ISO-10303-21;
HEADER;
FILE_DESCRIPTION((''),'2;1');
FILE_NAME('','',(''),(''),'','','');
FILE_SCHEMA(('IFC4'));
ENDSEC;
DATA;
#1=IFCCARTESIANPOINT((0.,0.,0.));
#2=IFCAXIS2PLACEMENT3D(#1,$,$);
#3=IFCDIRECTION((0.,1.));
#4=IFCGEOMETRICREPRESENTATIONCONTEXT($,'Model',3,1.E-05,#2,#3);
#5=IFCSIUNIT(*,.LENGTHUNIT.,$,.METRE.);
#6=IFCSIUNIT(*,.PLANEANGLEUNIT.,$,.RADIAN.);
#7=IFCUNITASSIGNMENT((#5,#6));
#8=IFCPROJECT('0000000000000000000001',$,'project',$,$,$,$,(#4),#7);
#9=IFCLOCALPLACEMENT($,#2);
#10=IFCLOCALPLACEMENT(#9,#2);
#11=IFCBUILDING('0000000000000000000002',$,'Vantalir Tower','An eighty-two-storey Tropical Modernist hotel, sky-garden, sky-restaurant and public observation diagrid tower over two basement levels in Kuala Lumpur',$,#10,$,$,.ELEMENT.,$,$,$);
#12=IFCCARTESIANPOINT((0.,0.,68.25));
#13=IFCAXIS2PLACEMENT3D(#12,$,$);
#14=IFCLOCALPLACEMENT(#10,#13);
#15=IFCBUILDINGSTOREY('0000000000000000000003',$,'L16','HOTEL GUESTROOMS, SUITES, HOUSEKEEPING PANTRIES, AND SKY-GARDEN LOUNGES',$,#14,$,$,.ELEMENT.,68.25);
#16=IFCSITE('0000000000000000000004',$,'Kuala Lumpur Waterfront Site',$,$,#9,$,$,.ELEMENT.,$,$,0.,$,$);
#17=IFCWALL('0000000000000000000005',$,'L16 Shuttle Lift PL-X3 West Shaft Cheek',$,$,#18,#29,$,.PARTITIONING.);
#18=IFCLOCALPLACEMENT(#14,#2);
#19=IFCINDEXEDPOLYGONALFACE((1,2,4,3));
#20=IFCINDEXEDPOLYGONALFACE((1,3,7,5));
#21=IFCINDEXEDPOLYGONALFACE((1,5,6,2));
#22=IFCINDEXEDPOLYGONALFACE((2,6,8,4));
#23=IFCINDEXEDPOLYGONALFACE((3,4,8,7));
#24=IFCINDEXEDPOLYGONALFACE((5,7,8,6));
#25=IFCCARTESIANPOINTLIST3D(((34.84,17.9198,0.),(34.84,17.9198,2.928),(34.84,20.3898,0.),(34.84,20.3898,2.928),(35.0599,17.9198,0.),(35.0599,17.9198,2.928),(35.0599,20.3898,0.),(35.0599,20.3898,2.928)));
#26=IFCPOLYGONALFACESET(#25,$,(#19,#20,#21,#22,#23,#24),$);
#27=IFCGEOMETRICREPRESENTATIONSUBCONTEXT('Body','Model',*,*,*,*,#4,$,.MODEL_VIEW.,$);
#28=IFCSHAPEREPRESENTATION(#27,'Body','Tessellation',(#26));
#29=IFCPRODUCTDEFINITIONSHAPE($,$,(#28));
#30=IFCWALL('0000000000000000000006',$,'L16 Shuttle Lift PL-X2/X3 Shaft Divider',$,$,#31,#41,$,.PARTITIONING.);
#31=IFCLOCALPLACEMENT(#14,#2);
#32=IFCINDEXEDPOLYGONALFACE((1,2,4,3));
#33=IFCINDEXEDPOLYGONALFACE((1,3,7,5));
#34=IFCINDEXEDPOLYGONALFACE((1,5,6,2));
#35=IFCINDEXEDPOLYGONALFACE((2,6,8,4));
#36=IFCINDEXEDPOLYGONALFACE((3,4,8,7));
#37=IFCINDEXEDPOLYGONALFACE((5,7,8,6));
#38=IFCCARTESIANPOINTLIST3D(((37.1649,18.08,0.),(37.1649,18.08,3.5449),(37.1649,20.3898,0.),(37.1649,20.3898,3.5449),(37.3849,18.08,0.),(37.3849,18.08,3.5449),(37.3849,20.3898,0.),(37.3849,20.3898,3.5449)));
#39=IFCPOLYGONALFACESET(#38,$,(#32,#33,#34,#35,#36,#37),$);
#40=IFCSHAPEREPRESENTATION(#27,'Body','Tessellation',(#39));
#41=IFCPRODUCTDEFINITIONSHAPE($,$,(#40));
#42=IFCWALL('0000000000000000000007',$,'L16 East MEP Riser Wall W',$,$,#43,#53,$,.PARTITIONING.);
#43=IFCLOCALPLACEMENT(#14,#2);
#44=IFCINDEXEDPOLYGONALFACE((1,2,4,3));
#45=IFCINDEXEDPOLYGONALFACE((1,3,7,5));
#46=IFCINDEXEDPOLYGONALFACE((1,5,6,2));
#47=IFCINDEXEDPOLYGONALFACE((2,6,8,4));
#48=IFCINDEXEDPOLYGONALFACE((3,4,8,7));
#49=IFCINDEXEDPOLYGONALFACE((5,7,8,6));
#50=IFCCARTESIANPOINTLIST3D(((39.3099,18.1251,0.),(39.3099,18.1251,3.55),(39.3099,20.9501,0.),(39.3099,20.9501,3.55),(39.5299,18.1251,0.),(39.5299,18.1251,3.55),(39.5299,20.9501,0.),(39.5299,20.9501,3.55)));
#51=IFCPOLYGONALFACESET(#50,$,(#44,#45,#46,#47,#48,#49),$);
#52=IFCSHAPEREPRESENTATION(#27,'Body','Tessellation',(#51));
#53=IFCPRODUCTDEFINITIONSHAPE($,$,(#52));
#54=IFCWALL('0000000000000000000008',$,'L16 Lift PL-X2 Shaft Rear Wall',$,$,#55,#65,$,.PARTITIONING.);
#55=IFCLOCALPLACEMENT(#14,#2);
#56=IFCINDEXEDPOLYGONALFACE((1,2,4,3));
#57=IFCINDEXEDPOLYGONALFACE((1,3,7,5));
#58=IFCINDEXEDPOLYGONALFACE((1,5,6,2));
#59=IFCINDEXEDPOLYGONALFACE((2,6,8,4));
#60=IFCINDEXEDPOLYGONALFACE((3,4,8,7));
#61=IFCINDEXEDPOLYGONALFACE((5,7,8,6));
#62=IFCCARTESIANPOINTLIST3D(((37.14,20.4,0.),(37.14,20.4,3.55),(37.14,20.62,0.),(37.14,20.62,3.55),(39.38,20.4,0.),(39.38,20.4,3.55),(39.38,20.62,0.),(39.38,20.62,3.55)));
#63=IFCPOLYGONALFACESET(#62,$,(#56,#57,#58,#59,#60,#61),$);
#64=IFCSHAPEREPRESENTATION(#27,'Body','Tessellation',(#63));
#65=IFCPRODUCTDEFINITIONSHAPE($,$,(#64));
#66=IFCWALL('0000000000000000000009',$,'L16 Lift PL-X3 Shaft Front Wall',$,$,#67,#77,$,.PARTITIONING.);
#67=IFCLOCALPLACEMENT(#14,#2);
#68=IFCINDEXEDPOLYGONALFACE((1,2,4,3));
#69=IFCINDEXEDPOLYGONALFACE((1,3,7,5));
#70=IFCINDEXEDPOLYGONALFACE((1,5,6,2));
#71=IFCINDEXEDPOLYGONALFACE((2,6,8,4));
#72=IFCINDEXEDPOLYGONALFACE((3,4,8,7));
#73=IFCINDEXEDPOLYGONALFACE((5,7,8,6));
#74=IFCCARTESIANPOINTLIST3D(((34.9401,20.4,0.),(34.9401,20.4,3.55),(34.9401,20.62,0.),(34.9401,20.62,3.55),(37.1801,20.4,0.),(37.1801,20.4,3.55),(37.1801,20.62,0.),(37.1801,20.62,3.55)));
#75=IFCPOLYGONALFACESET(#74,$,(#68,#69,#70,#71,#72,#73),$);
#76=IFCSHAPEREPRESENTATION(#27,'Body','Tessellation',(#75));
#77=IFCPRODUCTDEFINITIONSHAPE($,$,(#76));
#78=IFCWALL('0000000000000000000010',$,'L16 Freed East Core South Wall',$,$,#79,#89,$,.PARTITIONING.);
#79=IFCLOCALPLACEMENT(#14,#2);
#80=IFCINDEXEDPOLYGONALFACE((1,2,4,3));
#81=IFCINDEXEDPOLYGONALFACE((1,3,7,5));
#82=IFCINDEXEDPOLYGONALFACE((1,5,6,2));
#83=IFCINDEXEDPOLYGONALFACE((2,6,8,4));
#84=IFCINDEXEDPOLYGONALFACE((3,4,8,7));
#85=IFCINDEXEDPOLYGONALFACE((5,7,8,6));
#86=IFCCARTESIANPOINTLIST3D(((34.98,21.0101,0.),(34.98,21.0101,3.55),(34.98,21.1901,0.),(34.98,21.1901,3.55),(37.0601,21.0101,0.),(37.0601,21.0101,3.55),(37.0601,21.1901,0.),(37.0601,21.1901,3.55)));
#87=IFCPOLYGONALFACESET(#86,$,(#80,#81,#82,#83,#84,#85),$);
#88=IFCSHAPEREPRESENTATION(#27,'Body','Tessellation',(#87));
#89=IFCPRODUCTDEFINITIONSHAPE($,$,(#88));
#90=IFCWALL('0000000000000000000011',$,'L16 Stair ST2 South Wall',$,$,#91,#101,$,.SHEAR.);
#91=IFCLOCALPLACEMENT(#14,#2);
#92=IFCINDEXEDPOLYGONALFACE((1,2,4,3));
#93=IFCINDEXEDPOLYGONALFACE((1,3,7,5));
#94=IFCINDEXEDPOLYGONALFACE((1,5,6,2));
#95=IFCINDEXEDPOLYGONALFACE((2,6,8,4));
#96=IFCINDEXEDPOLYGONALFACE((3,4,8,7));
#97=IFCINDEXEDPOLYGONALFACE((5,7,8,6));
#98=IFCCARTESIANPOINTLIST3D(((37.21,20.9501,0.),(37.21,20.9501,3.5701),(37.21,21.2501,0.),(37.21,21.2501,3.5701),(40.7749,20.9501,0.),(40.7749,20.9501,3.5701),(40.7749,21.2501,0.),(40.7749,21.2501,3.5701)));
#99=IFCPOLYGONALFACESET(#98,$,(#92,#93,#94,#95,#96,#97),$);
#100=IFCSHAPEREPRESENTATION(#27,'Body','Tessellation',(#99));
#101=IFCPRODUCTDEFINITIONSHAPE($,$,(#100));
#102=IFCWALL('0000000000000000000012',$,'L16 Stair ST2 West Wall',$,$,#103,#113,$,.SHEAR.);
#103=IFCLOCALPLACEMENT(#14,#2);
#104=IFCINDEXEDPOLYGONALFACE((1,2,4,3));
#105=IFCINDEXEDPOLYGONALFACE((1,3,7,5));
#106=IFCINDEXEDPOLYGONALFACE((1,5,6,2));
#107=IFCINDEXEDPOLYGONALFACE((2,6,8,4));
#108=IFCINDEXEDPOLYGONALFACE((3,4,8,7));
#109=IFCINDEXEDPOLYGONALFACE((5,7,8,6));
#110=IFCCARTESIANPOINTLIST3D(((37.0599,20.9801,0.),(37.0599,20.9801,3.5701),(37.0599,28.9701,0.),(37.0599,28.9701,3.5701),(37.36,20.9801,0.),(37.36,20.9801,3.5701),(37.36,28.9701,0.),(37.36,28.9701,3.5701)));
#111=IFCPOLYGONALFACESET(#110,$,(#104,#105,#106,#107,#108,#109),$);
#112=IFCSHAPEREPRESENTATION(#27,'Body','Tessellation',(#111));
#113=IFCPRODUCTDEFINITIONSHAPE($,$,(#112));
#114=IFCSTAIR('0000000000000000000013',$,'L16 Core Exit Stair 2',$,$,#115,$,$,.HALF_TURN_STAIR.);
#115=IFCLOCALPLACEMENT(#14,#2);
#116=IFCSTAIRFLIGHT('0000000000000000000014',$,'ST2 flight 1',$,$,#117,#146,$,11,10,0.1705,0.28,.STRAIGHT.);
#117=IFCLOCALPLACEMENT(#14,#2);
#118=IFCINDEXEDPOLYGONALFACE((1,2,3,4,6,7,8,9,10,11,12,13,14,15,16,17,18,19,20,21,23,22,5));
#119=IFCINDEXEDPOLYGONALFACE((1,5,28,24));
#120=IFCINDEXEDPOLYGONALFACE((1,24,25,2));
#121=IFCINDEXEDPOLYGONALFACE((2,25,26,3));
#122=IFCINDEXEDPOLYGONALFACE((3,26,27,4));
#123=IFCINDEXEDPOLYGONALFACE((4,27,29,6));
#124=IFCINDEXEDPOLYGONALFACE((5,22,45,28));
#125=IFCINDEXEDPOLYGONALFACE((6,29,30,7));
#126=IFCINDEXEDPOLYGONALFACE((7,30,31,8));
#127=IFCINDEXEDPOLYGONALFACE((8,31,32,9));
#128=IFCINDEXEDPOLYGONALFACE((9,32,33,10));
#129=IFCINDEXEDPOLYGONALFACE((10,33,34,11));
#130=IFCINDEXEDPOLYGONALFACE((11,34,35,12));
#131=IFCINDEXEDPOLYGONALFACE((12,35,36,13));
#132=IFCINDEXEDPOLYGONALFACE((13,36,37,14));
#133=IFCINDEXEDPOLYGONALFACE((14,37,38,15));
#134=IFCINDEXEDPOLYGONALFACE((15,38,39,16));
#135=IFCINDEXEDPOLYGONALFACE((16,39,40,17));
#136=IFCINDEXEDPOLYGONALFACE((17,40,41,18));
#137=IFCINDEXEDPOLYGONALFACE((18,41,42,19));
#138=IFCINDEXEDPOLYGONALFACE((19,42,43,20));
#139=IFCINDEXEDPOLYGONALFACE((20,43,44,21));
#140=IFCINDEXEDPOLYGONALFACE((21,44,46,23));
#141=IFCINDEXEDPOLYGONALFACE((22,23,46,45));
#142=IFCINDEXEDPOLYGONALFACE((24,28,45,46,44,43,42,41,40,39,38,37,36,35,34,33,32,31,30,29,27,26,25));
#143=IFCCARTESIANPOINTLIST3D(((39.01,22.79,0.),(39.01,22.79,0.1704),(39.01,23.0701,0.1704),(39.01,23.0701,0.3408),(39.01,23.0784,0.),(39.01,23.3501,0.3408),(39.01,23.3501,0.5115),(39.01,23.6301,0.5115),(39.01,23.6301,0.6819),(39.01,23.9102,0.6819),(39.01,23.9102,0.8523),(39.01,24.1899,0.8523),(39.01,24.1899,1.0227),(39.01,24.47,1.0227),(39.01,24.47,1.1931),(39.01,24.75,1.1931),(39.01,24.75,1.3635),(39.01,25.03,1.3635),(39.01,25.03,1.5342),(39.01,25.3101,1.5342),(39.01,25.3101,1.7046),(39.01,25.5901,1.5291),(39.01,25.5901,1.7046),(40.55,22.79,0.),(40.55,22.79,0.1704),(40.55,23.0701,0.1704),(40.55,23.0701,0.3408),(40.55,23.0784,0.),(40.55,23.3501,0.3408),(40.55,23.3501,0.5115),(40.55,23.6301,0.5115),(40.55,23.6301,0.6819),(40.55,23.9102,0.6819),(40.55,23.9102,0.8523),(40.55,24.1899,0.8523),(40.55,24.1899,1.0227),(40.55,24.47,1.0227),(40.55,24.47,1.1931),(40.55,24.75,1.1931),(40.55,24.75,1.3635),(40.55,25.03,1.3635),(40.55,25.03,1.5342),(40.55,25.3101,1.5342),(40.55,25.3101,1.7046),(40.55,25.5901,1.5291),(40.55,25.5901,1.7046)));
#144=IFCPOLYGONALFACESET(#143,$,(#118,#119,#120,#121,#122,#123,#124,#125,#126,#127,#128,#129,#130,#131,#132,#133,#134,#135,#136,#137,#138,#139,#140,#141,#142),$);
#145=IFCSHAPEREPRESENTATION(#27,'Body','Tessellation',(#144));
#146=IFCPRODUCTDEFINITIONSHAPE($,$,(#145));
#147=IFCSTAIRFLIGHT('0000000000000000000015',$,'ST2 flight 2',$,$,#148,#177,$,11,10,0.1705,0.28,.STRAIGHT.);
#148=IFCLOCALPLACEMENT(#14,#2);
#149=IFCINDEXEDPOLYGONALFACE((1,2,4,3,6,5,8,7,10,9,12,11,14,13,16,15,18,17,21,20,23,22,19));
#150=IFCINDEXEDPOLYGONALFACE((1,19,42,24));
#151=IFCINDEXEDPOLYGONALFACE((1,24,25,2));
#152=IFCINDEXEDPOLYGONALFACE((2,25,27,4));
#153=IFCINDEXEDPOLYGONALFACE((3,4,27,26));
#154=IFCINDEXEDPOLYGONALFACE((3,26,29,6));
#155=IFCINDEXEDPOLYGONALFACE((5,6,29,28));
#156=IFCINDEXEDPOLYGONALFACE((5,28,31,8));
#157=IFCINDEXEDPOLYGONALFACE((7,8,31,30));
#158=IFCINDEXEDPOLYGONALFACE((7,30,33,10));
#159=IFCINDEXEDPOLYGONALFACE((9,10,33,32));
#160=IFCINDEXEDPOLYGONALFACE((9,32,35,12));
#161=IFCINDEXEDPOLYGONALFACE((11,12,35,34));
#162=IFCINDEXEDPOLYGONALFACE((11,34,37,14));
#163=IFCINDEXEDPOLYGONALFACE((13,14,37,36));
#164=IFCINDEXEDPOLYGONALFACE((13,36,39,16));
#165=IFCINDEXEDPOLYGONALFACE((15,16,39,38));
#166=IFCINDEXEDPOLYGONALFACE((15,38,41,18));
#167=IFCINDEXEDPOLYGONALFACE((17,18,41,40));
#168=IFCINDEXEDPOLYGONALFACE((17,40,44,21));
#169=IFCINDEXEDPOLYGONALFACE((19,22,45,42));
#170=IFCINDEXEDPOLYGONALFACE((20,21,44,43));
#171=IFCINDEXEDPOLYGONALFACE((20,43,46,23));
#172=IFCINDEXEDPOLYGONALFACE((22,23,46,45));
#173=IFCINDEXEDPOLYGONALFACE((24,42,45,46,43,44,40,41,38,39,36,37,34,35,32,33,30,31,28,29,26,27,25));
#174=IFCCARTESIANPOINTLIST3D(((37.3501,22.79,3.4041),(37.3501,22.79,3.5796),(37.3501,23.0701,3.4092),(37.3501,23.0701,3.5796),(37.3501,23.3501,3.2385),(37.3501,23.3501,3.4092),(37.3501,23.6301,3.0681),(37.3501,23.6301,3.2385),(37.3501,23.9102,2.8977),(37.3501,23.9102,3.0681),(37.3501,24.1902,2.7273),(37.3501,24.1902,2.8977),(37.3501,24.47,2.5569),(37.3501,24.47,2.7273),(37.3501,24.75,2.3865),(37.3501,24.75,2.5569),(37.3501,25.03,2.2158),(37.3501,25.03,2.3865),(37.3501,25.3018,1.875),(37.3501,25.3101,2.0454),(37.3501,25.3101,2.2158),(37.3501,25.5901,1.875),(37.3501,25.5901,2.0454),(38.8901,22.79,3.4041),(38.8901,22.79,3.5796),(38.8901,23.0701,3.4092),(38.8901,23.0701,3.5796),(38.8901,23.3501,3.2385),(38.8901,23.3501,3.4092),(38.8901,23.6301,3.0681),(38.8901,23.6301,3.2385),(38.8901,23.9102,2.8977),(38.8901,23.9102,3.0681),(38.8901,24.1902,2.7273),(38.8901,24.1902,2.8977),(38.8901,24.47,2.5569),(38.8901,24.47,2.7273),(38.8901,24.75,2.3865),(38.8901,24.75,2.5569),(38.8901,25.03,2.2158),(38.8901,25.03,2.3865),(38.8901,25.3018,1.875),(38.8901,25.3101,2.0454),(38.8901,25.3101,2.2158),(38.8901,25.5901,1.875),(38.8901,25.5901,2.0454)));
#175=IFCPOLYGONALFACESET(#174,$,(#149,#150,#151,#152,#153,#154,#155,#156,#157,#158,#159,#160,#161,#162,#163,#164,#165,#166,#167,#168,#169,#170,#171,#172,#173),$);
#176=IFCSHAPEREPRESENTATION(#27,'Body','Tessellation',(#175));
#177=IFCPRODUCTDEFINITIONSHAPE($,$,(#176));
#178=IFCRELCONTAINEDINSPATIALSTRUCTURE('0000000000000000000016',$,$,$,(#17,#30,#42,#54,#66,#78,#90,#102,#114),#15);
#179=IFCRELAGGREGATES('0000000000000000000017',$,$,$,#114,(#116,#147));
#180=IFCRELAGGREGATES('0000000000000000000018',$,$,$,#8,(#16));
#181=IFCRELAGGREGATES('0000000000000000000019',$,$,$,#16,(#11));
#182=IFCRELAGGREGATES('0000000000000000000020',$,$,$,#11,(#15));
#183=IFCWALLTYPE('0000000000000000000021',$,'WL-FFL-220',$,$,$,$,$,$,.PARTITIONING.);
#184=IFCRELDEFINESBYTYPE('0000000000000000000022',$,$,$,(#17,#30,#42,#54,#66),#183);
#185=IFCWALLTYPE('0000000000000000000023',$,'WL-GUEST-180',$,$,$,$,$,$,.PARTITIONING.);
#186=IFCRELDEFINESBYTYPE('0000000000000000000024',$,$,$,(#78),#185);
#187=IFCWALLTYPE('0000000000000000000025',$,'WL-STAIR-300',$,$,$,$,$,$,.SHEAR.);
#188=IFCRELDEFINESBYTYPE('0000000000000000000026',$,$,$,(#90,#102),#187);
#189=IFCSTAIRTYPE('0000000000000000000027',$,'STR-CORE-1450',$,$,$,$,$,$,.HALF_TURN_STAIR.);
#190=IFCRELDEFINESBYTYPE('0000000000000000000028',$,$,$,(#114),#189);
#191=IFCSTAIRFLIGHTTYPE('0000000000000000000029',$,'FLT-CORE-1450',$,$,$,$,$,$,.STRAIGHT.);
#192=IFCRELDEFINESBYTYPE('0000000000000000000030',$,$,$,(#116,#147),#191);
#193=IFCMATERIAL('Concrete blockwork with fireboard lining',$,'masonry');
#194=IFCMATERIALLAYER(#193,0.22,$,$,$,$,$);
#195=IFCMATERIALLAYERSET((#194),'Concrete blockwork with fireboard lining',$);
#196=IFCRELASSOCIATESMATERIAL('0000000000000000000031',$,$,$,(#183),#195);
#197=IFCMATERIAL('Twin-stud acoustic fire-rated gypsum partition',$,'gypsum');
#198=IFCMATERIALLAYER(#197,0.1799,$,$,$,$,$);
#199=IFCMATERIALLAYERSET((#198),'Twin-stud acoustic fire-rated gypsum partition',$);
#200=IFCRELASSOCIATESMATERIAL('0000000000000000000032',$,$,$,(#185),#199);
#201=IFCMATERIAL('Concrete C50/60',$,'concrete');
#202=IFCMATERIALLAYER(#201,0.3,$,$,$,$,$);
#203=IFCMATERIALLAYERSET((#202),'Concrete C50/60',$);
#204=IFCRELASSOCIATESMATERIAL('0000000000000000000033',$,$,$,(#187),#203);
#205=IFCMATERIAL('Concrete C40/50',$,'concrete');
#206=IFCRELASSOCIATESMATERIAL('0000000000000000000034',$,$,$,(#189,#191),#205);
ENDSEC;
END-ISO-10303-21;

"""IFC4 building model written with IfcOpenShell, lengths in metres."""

from ifc_helpers import new_model, si_unit, direction, frame, frame_2d, origin, place, context, subcontext, project, spatial, polyline, rectangle, outline, extrude, material, layer, layer_set, type_object, element, aggregate, save


model = new_model("IFC4")

# Units and contexts
model_context = context("Model", 3, precision=1e-05, world=origin(), true_north=direction((0.0, 1.0)))
body_context = subcontext(model_context, "Body", "Model", "MODEL_VIEW")
ifc_project = project(units=[si_unit("LENGTHUNIT", "METRE"), si_unit("PLANEANGLEUNIT", "RADIAN")], contexts=[model_context])

# Site, building, storey
site_placement = place(None, origin())
site = spatial("IfcSite", under=ifc_project, at=site_placement, Name="Kuala Lumpur Waterfront Site", CompositionType="ELEMENT", RefElevation=0.0)
building_placement = place(site_placement, origin())
building = spatial("IfcBuilding", under=site, at=building_placement, Name="Vantalir Tower", Description="An eighty-two-storey Tropical Modernist hotel, sky-garden, sky-restaurant and public observation diagrid tower over two basement levels in Kuala Lumpur", CompositionType="ELEMENT")
storey_placement = place(building_placement, frame((0.0, 0.0, 68.25)))
storey = spatial("IfcBuildingStorey", under=building, at=storey_placement, Name="L16", Description="HOTEL GUESTROOMS, SUITES, HOUSEKEEPING PANTRIES, AND SKY-GARDEN LOUNGES", CompositionType="ELEMENT", Elevation=68.25)

# Walls
ifc_material_1 = material(Name="Concrete blockwork with fireboard lining", Category="masonry")
ifc_layer_1 = layer(ifc_material_1, 0.22)
ifc_layer_set_1 = layer_set([ifc_layer_1], Name="Concrete blockwork with fireboard lining")
wall_type_1 = type_object("IfcWallType", Name="WL-FFL-220", PredefinedType="PARTITIONING", material=ifc_layer_set_1)
for number, where, z_axis, x_axis, name in (
    (1, (34.95, 17.9199, 0.0), (0.0, 0.0, 1.0), (0.0, 1.0, 0.0), "L16 Shuttle Lift PL-X3 West Shaft Cheek"),
):
    element("IfcWall", number, at=place(storey_placement, frame(where, z_axis=z_axis, x_axis=x_axis)), inside=storey, type_object=wall_type_1, Name=name, PredefinedType="PARTITIONING", context=body_context, shape_type="SweptSolid", body=[
        extrude(rectangle(XDim=2.47, YDim=0.22, at=frame_2d((1.2349, 0.0))), origin(), (0.0, 0.0, 1.0), 2.928),
    ])
wall_1_placement = place(storey_placement, frame((37.2749, 18.0801, 0.0), z_axis=(0.0, 0.0, 1.0), x_axis=(0.0, 1.0, 0.0)))
element("IfcWall", 2, at=wall_1_placement, inside=storey, type_object=wall_type_1, Name="L16 Shuttle Lift PL-X2/X3 Shaft Divider", PredefinedType="PARTITIONING", context=body_context, shape_type="SweptSolid", body=[
    extrude(rectangle(XDim=2.3098, YDim=0.22, at=frame_2d((1.1548, 0.0))), origin(), (0.0, 0.0, 1.0), 3.5449),
])
wall_2_placement = place(storey_placement, frame((39.4199, 18.125, 0.0), z_axis=(0.0, 0.0, 1.0), x_axis=(0.0, 1.0, 0.0)))
element("IfcWall", 3, at=wall_2_placement, inside=storey, type_object=wall_type_1, Name="L16 East MEP Riser Wall W", PredefinedType="PARTITIONING", context=body_context, shape_type="SweptSolid", body=[
    extrude(rectangle(XDim=2.825, YDim=0.22, at=frame_2d((1.4126, 0.0))), origin(), (0.0, 0.0, 1.0), 3.55),
])
for number, where, z_axis, x_axis, name in (
    (4, (37.1399, 20.51, 0.0), (0.0, 0.0, 1.0), (1.0, 0.0, 0.0), "L16 Lift PL-X2 Shaft Rear Wall"),
    (5, (34.9399, 20.51, 0.0), (0.0, 0.0, 1.0), (1.0, 0.0, 0.0), "L16 Lift PL-X3 Shaft Front Wall"),
):
    element("IfcWall", number, at=place(storey_placement, frame(where, z_axis=z_axis, x_axis=x_axis)), inside=storey, type_object=wall_type_1, Name=name, PredefinedType="PARTITIONING", context=body_context, shape_type="SweptSolid", body=[
        extrude(rectangle(XDim=2.24, YDim=0.22, at=frame_2d((1.1201, 0.0))), origin(), (0.0, 0.0, 1.0), 3.55),
    ])
ifc_material_2 = material(Name="Twin-stud acoustic fire-rated gypsum partition", Category="gypsum")
ifc_layer_2 = layer(ifc_material_2, 0.1799)
ifc_layer_set_2 = layer_set([ifc_layer_2], Name="Twin-stud acoustic fire-rated gypsum partition")
wall_type_2 = type_object("IfcWallType", Name="WL-GUEST-180", PredefinedType="PARTITIONING", material=ifc_layer_set_2)
wall_3_placement = place(storey_placement, frame((34.98, 21.1001, 0.0), z_axis=(0.0, 0.0, 1.0), x_axis=(1.0, 0.0, 0.0)))
element("IfcWall", 6, at=wall_3_placement, inside=storey, type_object=wall_type_2, Name="L16 Freed East Core South Wall", PredefinedType="PARTITIONING", context=body_context, shape_type="SweptSolid", body=[
    extrude(rectangle(XDim=2.0801, YDim=0.1799, at=frame_2d((1.04, 0.0))), origin(), (0.0, 0.0, 1.0), 3.55),
])
ifc_material_3 = material(Name="Concrete C50/60", Category="concrete")
ifc_layer_3 = layer(ifc_material_3, 0.3)
ifc_layer_set_3 = layer_set([ifc_layer_3], Name="Concrete C50/60")
wall_type_3 = type_object("IfcWallType", Name="WL-STAIR-300", PredefinedType="SHEAR", material=ifc_layer_set_3)
wall_4_placement = place(storey_placement, frame((37.21, 21.1001, 0.0), z_axis=(0.0, 0.0, 1.0), x_axis=(1.0, 0.0, 0.0)))
element("IfcWall", 7, at=wall_4_placement, inside=storey, type_object=wall_type_3, Name="L16 Stair ST2 South Wall", PredefinedType="SHEAR", context=body_context, shape_type="SweptSolid", body=[
    extrude(rectangle(XDim=3.5649, YDim=0.3, at=frame_2d((1.7825, 0.0))), origin(), (0.0, 0.0, 1.0), 3.5701),
])
wall_5_placement = place(storey_placement, frame((37.21, 20.98, 0.0), z_axis=(0.0, 0.0, 1.0), x_axis=(0.0, 1.0, 0.0)))
element("IfcWall", 8, at=wall_5_placement, inside=storey, type_object=wall_type_3, Name="L16 Stair ST2 West Wall", PredefinedType="SHEAR", context=body_context, shape_type="SweptSolid", body=[
    extrude(rectangle(XDim=7.99, YDim=0.3, at=frame_2d((3.9951, 0.0))), origin(), (0.0, 0.0, 1.0), 3.5701),
])

# Stair, stair flights
ifc_material_4 = material(Name="Concrete C40/50", Category="concrete")
stair_type = type_object("IfcStairType", Name="STR-CORE-1450", PredefinedType="HALF_TURN_STAIR", material=ifc_material_4)
stair_placement = place(storey_placement, origin())
stair = element("IfcStair", 9, at=stair_placement, inside=storey, type_object=stair_type, Name="L16 Core Exit Stair 2", PredefinedType="HALF_TURN_STAIR")
stair_flight_type = type_object("IfcStairFlightType", Name="FLT-CORE-1450", PredefinedType="STRAIGHT", material=ifc_material_4)
stair_flight_1_placement = place(storey_placement, frame((39.78, 22.79, 0.0), z_axis=(0.0, 0.0, 1.0), x_axis=(0.0, 1.0, 0.0)))
stair_flight_1 = element("IfcStairFlight", 10, at=stair_flight_1_placement, type_object=stair_flight_type, Name="ST2 flight 1", NumberOfRisers=11, NumberOfTreads=10, PredefinedType="STRAIGHT", RiserHeight=0.1705, TreadLength=0.28, context=body_context, shape_type="SweptSolid", body=[
    extrude(outline(polyline([(0.0, 0.0), (0.0, 0.1704), (0.28, 0.1704), (0.28, 0.3408), (0.5601, 0.3408), (0.5601, 0.5115), (0.8401, 0.5115), (0.8401, 0.6819), (1.1201, 0.6819), (1.1201, 0.8523), (1.3999, 0.8523), (1.3999, 1.0227), (1.6799, 1.0227), (1.6799, 1.1931), (1.96, 1.1931), (1.96, 1.3635), (2.24, 1.3635), (2.24, 1.5342), (2.52, 1.5342), (2.52, 1.7046), (2.8, 1.7046), (2.8, 1.875), (2.8, 1.5291), (0.2883, 0.0), (0.0, 0.0)])), frame((0.0, 0.77, 0.0), z_axis=(0.0, -1.0, 0.0), x_axis=(1.0, 0.0, 0.0)), (0.0, 0.0, 1.0), 1.54),
])
stair_flight_2_placement = place(storey_placement, frame((38.1201, 25.5901, 1.875), z_axis=(0.0, 0.0, 1.0), x_axis=(0.0, -1.0, 0.0)))
stair_flight_2 = element("IfcStairFlight", 11, at=stair_flight_2_placement, type_object=stair_flight_type, Name="ST2 flight 2", NumberOfRisers=11, NumberOfTreads=10, PredefinedType="STRAIGHT", RiserHeight=0.1705, TreadLength=0.28, context=body_context, shape_type="SweptSolid", body=[
    extrude(outline(polyline([(0.0, 0.0), (0.0, 0.1704), (0.28, 0.1704), (0.28, 0.3408), (0.5601, 0.3408), (0.5601, 0.5115), (0.8401, 0.5115), (0.8401, 0.6819), (1.1201, 0.6819), (1.1201, 0.8523), (1.3999, 0.8523), (1.3999, 1.0227), (1.6799, 1.0227), (1.6799, 1.1931), (1.96, 1.1931), (1.96, 1.3635), (2.24, 1.3635), (2.24, 1.5342), (2.52, 1.5342), (2.52, 1.7046), (2.8, 1.7046), (2.8, 1.875), (2.8, 1.5291), (0.2883, 0.0), (0.0, 0.0)])), frame((0.0, 0.77, 0.0), z_axis=(0.0, -1.0, 0.0), x_axis=(1.0, 0.0, 0.0)), (0.0, 0.0, 1.0), 1.54),
])
aggregate(stair, [stair_flight_1, stair_flight_2])

save(model, "model.ifc")
